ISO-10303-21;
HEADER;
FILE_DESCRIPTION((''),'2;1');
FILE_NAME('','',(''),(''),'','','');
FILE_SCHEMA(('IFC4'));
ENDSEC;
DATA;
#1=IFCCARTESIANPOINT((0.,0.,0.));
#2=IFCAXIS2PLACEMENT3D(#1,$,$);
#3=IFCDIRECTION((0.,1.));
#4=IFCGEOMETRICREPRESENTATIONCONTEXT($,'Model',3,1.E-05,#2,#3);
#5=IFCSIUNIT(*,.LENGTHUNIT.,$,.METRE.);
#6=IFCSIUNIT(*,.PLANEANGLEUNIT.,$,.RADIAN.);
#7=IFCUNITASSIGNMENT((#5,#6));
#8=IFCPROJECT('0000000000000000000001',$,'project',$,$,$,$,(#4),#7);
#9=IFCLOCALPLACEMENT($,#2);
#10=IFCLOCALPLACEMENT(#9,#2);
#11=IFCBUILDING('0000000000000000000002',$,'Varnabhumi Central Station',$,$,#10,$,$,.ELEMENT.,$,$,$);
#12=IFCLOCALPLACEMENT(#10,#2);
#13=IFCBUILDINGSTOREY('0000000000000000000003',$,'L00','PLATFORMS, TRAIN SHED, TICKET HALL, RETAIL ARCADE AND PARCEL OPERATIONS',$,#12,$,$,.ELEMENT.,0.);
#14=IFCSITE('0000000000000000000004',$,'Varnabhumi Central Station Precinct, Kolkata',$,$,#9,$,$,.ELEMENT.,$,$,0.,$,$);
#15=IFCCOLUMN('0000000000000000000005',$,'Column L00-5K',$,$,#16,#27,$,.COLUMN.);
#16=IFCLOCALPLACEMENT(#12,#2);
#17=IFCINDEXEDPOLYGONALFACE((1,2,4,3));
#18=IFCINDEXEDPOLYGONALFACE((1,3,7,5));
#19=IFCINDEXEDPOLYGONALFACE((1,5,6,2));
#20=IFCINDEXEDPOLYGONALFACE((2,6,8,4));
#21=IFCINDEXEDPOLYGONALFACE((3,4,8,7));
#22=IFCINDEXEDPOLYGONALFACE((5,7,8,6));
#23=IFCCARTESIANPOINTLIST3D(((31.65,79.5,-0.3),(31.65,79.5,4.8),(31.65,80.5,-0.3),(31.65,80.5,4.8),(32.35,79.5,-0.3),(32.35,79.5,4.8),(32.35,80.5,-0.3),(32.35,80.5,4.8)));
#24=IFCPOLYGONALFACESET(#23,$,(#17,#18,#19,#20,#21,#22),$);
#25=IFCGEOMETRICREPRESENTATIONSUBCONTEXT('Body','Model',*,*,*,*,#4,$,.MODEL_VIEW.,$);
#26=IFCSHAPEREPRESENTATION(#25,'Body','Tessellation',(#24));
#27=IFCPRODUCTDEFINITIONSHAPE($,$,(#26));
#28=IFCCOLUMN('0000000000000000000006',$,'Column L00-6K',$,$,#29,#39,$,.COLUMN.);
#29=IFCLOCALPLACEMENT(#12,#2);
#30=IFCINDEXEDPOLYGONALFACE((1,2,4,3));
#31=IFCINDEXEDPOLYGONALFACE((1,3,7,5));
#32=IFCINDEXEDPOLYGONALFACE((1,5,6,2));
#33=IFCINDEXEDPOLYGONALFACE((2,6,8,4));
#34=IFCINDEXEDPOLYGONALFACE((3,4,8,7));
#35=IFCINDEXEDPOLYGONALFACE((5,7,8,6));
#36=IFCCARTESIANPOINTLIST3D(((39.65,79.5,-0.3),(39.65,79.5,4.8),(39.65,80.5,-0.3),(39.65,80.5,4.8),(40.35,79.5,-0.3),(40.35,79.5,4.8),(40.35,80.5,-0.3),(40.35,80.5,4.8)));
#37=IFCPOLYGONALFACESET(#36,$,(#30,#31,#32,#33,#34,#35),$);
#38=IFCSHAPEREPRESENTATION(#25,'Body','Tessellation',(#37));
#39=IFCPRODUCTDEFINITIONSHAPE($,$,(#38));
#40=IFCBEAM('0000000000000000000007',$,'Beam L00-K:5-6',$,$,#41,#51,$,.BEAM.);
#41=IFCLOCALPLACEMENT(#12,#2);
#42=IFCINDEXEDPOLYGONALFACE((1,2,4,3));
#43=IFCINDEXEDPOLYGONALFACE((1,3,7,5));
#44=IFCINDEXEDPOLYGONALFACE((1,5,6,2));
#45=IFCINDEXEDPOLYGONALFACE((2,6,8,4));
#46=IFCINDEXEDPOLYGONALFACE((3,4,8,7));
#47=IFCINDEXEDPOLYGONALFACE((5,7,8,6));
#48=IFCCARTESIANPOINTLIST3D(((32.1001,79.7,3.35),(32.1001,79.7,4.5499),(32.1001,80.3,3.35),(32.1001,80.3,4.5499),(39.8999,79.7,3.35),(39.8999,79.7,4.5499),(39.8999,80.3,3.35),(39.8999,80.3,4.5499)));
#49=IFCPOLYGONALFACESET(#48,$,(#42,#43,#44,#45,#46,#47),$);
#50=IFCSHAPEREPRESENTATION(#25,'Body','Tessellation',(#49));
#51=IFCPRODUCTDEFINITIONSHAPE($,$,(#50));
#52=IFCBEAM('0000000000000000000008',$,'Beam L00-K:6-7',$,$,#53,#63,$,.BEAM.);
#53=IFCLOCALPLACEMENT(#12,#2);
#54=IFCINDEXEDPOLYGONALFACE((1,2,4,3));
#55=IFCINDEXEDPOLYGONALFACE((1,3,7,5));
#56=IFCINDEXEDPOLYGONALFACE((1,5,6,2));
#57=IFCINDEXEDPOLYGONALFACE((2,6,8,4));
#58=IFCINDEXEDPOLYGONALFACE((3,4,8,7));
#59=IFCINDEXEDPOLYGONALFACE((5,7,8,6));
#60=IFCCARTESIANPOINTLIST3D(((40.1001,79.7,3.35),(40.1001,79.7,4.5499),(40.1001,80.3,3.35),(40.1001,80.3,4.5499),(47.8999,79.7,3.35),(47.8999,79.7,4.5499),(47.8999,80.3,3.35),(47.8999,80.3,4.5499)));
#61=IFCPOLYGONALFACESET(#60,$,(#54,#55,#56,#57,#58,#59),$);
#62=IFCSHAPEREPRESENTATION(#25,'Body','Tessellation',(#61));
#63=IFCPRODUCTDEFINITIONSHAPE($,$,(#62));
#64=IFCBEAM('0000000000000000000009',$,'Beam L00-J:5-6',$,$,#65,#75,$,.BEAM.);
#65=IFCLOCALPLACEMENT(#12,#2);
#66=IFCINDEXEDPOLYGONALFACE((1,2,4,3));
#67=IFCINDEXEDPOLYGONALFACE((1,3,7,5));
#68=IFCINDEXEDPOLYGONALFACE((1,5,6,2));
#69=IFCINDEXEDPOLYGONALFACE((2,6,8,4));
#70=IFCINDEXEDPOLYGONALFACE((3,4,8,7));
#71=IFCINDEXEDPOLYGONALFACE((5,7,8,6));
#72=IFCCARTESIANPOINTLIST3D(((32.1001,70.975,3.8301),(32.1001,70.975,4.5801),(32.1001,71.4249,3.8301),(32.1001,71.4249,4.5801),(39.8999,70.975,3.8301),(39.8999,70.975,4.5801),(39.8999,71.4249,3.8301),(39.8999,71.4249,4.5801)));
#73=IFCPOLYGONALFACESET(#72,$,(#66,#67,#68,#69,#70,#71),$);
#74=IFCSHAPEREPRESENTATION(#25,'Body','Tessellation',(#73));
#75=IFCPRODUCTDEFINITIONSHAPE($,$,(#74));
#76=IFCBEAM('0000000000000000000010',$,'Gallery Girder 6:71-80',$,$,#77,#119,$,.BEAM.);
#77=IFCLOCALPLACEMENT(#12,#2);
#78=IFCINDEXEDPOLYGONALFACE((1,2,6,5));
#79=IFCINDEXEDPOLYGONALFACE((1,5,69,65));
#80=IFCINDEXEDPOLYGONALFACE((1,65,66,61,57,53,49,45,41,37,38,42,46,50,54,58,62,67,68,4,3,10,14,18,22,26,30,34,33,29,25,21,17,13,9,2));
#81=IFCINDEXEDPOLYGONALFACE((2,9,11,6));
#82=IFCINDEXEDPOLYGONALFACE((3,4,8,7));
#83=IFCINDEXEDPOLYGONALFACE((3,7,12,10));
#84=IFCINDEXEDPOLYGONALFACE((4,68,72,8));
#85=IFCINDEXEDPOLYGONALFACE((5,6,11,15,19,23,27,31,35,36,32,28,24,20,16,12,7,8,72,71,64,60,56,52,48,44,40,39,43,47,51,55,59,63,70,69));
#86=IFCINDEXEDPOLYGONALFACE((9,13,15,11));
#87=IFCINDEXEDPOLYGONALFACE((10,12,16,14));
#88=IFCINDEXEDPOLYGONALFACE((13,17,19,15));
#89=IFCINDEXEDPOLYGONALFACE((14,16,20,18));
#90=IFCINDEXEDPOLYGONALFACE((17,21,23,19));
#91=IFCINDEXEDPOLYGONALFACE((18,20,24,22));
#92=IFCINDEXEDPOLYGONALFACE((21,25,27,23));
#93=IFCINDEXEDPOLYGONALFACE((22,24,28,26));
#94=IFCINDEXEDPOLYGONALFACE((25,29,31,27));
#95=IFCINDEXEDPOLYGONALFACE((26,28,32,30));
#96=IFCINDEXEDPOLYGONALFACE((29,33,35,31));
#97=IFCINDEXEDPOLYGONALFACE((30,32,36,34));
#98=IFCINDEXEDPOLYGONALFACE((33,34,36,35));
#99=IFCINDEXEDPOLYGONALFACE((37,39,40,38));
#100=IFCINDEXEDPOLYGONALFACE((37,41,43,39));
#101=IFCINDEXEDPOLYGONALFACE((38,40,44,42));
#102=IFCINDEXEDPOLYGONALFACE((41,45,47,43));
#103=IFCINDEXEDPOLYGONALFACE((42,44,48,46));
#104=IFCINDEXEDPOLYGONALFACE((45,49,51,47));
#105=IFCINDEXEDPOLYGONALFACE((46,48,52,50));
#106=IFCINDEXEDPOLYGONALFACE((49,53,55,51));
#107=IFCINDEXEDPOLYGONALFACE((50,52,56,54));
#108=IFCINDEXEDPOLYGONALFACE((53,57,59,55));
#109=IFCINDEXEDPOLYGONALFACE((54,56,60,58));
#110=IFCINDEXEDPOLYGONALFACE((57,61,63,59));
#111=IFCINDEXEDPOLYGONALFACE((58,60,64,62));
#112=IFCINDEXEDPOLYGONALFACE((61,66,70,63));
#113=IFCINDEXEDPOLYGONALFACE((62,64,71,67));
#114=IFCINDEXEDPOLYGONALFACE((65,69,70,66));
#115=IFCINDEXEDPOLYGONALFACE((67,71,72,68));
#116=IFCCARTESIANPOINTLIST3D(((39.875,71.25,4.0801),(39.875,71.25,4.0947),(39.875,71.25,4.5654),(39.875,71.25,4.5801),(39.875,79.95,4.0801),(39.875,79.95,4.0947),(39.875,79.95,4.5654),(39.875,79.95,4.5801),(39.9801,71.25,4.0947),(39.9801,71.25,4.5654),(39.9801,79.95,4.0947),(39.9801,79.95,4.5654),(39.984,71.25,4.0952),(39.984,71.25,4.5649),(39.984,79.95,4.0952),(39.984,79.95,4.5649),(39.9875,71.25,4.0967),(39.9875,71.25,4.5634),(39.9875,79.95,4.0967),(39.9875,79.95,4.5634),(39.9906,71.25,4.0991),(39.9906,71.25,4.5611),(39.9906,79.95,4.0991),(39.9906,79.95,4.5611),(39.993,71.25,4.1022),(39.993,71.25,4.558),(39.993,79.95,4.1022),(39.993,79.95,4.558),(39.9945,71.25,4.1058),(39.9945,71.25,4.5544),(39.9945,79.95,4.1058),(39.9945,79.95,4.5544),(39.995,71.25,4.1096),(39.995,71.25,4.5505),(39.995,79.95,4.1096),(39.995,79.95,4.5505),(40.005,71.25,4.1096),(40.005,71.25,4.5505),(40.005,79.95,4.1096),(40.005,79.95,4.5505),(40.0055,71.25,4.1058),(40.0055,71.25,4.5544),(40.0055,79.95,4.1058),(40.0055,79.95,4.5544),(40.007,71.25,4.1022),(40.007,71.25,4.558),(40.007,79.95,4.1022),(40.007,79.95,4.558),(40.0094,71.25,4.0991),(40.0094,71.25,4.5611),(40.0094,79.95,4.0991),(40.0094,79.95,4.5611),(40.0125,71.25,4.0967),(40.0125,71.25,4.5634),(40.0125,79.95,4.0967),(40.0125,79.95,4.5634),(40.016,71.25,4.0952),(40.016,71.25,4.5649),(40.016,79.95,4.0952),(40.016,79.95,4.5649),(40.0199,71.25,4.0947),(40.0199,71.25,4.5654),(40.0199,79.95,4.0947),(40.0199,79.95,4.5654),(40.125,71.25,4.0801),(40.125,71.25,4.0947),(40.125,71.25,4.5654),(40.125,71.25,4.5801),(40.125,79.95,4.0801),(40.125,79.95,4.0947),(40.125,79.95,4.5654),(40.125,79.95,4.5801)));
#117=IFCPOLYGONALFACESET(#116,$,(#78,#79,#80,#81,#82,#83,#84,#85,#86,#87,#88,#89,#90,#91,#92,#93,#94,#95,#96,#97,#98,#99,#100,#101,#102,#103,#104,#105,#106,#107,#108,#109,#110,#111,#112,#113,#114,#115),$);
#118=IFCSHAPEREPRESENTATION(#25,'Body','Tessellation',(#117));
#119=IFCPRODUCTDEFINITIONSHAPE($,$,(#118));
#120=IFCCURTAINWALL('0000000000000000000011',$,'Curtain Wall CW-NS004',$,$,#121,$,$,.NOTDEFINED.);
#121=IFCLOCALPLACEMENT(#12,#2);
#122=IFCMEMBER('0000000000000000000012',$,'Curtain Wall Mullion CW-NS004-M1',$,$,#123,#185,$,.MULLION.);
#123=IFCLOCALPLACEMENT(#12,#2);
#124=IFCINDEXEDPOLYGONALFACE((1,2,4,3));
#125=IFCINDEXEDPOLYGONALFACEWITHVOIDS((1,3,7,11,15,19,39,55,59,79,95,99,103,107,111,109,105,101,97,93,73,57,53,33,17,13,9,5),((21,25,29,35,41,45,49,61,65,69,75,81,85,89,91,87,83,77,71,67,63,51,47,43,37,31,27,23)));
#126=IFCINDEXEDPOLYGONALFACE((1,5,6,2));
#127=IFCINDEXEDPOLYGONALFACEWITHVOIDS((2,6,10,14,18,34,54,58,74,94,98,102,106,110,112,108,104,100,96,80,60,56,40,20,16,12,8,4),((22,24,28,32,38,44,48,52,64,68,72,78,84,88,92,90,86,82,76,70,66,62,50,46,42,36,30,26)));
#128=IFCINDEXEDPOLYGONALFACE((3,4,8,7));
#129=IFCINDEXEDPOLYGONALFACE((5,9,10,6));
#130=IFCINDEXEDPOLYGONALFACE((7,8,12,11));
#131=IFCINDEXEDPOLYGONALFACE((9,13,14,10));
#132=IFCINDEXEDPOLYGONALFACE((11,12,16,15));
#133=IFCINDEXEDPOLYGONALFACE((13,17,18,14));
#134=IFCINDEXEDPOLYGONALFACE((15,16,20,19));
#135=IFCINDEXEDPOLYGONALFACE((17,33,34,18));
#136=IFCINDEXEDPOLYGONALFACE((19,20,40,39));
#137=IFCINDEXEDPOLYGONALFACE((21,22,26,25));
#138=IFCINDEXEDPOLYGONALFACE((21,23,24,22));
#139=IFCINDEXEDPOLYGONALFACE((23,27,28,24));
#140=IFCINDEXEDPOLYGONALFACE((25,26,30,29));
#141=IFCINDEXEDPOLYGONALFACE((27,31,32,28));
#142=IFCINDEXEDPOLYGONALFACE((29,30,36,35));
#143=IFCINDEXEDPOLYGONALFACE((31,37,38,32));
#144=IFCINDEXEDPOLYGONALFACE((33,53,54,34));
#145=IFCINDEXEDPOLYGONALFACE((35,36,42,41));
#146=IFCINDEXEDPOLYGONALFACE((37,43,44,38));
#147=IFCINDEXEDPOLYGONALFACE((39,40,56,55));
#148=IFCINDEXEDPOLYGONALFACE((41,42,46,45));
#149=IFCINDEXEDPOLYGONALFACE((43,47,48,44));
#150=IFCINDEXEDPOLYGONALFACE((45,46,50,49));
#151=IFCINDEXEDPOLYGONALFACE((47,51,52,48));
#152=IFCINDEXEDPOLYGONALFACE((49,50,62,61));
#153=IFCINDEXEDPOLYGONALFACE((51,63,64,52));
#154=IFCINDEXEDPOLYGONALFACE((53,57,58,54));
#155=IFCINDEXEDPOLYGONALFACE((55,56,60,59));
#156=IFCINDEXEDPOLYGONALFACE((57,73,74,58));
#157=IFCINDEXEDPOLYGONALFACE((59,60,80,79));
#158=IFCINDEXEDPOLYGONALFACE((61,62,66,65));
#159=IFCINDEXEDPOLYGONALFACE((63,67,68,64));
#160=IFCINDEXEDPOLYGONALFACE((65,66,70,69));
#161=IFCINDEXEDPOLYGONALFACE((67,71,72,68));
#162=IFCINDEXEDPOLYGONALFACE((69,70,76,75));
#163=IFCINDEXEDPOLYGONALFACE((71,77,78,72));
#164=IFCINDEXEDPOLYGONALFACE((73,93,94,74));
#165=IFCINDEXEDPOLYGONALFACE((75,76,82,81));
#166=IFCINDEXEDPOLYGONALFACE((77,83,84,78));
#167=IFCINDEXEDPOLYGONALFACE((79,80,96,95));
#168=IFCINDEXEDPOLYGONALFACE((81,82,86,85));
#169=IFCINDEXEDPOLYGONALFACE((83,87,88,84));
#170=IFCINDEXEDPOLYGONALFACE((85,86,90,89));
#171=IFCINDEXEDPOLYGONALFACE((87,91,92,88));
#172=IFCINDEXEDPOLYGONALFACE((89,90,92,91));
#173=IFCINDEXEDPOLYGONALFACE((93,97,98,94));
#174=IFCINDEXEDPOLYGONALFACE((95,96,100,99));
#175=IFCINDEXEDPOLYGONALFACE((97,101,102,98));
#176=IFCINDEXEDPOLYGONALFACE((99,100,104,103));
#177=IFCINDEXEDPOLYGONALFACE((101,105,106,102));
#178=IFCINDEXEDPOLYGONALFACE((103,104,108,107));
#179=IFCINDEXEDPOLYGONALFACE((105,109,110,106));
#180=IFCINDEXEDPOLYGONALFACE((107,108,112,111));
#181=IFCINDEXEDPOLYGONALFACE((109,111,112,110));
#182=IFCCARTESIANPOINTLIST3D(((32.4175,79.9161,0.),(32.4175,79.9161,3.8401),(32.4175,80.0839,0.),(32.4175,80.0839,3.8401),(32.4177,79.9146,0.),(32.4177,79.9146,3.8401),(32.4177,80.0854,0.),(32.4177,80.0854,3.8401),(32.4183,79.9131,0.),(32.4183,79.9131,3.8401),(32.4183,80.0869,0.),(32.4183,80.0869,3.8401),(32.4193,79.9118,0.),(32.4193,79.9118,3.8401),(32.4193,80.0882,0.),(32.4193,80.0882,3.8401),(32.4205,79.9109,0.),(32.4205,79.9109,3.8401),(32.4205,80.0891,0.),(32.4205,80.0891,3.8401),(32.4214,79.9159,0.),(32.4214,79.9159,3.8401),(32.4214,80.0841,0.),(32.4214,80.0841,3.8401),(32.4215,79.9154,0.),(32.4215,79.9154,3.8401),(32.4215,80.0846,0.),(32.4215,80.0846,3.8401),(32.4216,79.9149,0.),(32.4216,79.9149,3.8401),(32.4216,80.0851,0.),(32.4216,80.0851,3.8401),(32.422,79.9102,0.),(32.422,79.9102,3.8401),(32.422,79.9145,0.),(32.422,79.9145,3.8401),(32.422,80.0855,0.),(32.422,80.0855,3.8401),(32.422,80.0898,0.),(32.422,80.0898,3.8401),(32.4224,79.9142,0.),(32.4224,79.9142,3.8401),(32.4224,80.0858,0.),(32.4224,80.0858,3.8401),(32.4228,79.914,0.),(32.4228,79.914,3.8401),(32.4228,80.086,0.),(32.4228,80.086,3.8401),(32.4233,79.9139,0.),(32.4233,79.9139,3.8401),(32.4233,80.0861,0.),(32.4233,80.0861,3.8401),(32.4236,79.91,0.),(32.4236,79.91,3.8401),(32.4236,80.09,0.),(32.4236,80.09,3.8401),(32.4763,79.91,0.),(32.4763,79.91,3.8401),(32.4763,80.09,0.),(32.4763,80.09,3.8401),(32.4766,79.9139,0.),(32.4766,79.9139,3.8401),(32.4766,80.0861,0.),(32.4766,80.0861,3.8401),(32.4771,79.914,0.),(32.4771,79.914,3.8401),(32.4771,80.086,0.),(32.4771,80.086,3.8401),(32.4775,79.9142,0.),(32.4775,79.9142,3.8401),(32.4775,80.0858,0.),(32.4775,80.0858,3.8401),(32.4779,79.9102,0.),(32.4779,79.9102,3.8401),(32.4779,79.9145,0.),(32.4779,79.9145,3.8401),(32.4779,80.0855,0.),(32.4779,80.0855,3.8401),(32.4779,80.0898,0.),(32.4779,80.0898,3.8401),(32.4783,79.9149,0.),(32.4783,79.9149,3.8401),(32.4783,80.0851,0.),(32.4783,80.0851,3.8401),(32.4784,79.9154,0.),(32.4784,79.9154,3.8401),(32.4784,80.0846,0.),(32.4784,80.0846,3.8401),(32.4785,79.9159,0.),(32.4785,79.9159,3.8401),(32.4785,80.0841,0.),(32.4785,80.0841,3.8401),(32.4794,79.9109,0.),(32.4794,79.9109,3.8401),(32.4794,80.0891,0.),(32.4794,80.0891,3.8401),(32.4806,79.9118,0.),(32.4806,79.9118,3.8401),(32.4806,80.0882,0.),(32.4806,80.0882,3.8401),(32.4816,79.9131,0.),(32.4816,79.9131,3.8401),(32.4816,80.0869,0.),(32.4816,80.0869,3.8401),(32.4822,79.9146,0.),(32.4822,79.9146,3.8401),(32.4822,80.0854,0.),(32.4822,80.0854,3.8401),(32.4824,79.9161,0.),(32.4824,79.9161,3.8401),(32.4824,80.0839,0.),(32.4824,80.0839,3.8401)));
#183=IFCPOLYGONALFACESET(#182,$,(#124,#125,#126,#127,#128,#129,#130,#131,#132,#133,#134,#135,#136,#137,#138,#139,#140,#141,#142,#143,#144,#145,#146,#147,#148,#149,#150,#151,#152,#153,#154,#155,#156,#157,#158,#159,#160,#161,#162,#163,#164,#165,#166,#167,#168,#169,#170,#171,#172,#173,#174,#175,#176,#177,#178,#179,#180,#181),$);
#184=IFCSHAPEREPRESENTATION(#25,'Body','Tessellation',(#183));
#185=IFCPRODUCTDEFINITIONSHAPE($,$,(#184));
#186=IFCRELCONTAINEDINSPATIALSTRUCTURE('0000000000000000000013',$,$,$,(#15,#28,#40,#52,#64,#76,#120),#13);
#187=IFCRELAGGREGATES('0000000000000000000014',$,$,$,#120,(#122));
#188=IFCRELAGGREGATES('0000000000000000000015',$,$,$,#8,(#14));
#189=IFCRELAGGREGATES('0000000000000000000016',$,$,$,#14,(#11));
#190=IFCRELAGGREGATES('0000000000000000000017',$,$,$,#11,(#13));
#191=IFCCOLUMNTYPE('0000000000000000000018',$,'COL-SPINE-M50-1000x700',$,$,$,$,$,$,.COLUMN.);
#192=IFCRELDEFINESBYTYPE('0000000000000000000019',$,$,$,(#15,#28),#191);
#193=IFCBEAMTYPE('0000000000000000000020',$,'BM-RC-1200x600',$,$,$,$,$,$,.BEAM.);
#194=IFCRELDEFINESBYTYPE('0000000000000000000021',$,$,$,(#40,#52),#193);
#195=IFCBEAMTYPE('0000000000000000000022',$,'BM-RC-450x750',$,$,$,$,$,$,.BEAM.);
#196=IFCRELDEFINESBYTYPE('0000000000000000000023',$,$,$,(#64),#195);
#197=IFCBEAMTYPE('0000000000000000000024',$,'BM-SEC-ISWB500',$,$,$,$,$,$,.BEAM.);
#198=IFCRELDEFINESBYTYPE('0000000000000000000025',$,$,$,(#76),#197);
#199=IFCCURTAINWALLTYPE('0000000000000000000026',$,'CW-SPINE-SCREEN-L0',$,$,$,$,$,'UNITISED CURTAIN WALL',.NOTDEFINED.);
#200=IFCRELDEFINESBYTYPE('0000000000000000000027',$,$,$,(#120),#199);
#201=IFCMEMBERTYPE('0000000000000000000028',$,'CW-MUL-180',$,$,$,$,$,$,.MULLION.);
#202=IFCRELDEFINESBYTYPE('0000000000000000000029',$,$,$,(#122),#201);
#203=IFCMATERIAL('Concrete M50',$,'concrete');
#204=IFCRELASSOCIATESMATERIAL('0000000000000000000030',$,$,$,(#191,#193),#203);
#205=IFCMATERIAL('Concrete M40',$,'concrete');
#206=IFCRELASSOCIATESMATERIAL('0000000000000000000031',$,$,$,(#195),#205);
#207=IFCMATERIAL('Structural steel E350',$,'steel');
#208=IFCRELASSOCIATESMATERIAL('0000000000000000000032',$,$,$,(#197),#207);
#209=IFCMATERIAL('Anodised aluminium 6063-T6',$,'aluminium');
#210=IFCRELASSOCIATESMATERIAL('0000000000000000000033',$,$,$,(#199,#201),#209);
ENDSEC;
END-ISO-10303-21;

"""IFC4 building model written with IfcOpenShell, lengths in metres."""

from ifc_helpers import new_model, si_unit, direction, frame, origin, origin_2d, place, context, subcontext, project, spatial, rectangle, hollow_rectangle, i_section, extrude, material, material_profile, profile_set, type_object, element, aggregate, save


model = new_model("IFC4")

# Units and contexts
model_context = context("Model", 3, precision=1e-05, world=origin(), true_north=direction((0.0, 1.0)))
body_context = subcontext(model_context, "Body", "Model", "MODEL_VIEW")
ifc_project = project(units=[si_unit("LENGTHUNIT", "METRE"), si_unit("PLANEANGLEUNIT", "RADIAN")], contexts=[model_context])

# Site, building, storey
site_placement = place(None, origin())
site = spatial("IfcSite", under=ifc_project, at=site_placement, Name="Varnabhumi Central Station Precinct, Kolkata", CompositionType="ELEMENT", RefElevation=0.0)
building_placement = place(site_placement, origin())
building = spatial("IfcBuilding", under=site, at=building_placement, Name="Varnabhumi Central Station", CompositionType="ELEMENT")
storey_placement = place(building_placement, origin())
storey = spatial("IfcBuildingStorey", under=building, at=storey_placement, Name="L00", Description="PLATFORMS, TRAIN SHED, TICKET HALL, RETAIL ARCADE AND PARCEL OPERATIONS", CompositionType="ELEMENT", Elevation=0.0)

# Shared definitions
ifc_material_1 = material(Name="Concrete M40", Category="concrete")

# Columns
ifc_material_2 = material(Name="Structural steel E350", Category="steel")
ifc_material_3 = material(Name="Concrete M50", Category="concrete")
ifc_material_profile_1 = material_profile(ifc_material_3, rectangle(XDim=0.7, YDim=1.0, at=origin_2d()), Name="Concrete M50", Category="concrete")
ifc_profile_set_1 = profile_set([ifc_material_profile_1], Name="Concrete M50")
column_type_1 = type_object("IfcColumnType", Name="COL-SPINE-M50-1000x700", PredefinedType="COLUMN", material=ifc_profile_set_1)
for number, where, z_axis, x_axis, name in (
    (1, (32.0, 80.0, -0.3), (0.0, 0.0, 1.0), (1.0, 0.0, 0.0), "Column L00-5K"),
    (2, (40.0, 80.0, -0.3), (0.0, 0.0, 1.0), (1.0, 0.0, 0.0), "Column L00-6K"),
):
    element("IfcColumn", number, at=place(storey_placement, frame(where, z_axis=z_axis, x_axis=x_axis)), inside=storey, type_object=column_type_1, Name=name, PredefinedType="COLUMN", context=body_context, shape_type="SweptSolid", body=[
        extrude(rectangle(XDim=0.7, YDim=1.0, at=origin_2d()), origin(), (0.0, 0.0, 1.0), 5.1001),
    ])

# Beams
ifc_material_profile_2 = material_profile(ifc_material_3, rectangle(XDim=0.6001, YDim=1.2, at=origin_2d()), Name="Concrete M50", Category="concrete")
ifc_profile_set_2 = profile_set([ifc_material_profile_2], Name="Concrete M50")
beam_type_1 = type_object("IfcBeamType", Name="BM-RC-1200x600", PredefinedType="BEAM", material=ifc_profile_set_2)
for number, where, z_axis, x_axis, name in (
    (3, (32.1001, 80.0, 3.95), (1.0, 0.0, 0.0), (0.0, 1.0, 0.0), "Beam L00-K:5-6"),
    (4, (40.1001, 80.0, 3.95), (1.0, 0.0, 0.0), (0.0, 1.0, 0.0), "Beam L00-K:6-7"),
):
    element("IfcBeam", number, at=place(storey_placement, frame(where, z_axis=z_axis, x_axis=x_axis)), inside=storey, type_object=beam_type_1, Name=name, PredefinedType="BEAM", context=body_context, shape_type="SweptSolid", body=[
        extrude(rectangle(XDim=0.6001, YDim=1.2, at=origin_2d()), origin(), (0.0, 0.0, 1.0), 7.7998),
    ])
ifc_material_profile_3 = material_profile(ifc_material_1, rectangle(XDim=0.45, YDim=0.75, at=origin_2d()), Name="Concrete M40", Category="concrete")
ifc_profile_set_3 = profile_set([ifc_material_profile_3], Name="Concrete M40")
beam_type_2 = type_object("IfcBeamType", Name="BM-RC-450x750", PredefinedType="BEAM", material=ifc_profile_set_3)
beam_1_placement = place(storey_placement, frame((32.1001, 71.2, 4.2051), z_axis=(1.0, 0.0, 0.0), x_axis=(0.0, 1.0, 0.0)))
element("IfcBeam", 5, at=beam_1_placement, inside=storey, type_object=beam_type_2, Name="Beam L00-J:5-6", PredefinedType="BEAM", context=body_context, shape_type="SweptSolid", body=[
    extrude(rectangle(XDim=0.45, YDim=0.75, at=origin_2d()), origin(), (0.0, 0.0, 1.0), 7.7998),
])
ifc_material_profile_4 = material_profile(ifc_material_2, i_section(OverallWidth=0.25, OverallDepth=0.5, WebThickness=0.01, FlangeThickness=0.0146, FilletRadius=0.0149, at=origin_2d()), Name="Structural steel E350", Category="steel")
ifc_profile_set_4 = profile_set([ifc_material_profile_4], Name="Structural steel E350")
beam_type_3 = type_object("IfcBeamType", Name="BM-SEC-ISWB500", PredefinedType="BEAM", material=ifc_profile_set_4)
beam_2_placement = place(storey_placement, frame((40.0, 71.25, 4.3301), z_axis=(0.0, 1.0, 0.0), x_axis=(-1.0, 0.0, 0.0)))
element("IfcBeam", 6, at=beam_2_placement, inside=storey, type_object=beam_type_3, Name="Gallery Girder 6:71-80", PredefinedType="BEAM", context=body_context, shape_type="SweptSolid", body=[
    extrude(i_section(OverallWidth=0.25, OverallDepth=0.5, WebThickness=0.01, FlangeThickness=0.0146, FilletRadius=0.0149, at=origin_2d()), origin(), (0.0, 0.0, 1.0), 8.7),
])

# Curtain wall, member
ifc_material_4 = material(Name="Anodised aluminium 6063-T6", Category="aluminium")
curtain_wall_type = type_object("IfcCurtainWallType", Name="CW-SPINE-SCREEN-L0", ElementType="UNITISED CURTAIN WALL", PredefinedType="NOTDEFINED", material=ifc_material_4)
curtain_wall_placement = place(storey_placement, origin())
curtain_wall = element("IfcCurtainWall", 7, at=curtain_wall_placement, inside=storey, type_object=curtain_wall_type, Name="Curtain Wall CW-NS004", PredefinedType="NOTDEFINED")
ifc_material_profile_5 = material_profile(ifc_material_4, hollow_rectangle(XDim=0.0649, YDim=0.1799, WallThickness=0.0039, InnerFilletRadius=0.002, OuterFilletRadius=0.0061, at=origin_2d()), Name="Anodised aluminium 6063-T6", Category="aluminium")
ifc_profile_set_5 = profile_set([ifc_material_profile_5], Name="Anodised aluminium 6063-T6")
member_type_1 = type_object("IfcMemberType", Name="CW-MUL-180", PredefinedType="MULLION", material=ifc_profile_set_5)
member_1_placement = place(storey_placement, frame((32.45, 80.0, 0.0), z_axis=(0.0, 0.0, 1.0), x_axis=(1.0, 0.0, 0.0)))
member_1 = element("IfcMember", 8, at=member_1_placement, type_object=member_type_1, Name="Curtain Wall Mullion CW-NS004-M1", PredefinedType="MULLION", context=body_context, shape_type="SweptSolid", body=[
    extrude(hollow_rectangle(XDim=0.0649, YDim=0.1799, WallThickness=0.0039, InnerFilletRadius=0.002, OuterFilletRadius=0.0061, at=origin_2d()), origin(), (0.0, 0.0, 1.0), 3.8401),
])
aggregate(curtain_wall, [member_1])

save(model, "model.ifc")
